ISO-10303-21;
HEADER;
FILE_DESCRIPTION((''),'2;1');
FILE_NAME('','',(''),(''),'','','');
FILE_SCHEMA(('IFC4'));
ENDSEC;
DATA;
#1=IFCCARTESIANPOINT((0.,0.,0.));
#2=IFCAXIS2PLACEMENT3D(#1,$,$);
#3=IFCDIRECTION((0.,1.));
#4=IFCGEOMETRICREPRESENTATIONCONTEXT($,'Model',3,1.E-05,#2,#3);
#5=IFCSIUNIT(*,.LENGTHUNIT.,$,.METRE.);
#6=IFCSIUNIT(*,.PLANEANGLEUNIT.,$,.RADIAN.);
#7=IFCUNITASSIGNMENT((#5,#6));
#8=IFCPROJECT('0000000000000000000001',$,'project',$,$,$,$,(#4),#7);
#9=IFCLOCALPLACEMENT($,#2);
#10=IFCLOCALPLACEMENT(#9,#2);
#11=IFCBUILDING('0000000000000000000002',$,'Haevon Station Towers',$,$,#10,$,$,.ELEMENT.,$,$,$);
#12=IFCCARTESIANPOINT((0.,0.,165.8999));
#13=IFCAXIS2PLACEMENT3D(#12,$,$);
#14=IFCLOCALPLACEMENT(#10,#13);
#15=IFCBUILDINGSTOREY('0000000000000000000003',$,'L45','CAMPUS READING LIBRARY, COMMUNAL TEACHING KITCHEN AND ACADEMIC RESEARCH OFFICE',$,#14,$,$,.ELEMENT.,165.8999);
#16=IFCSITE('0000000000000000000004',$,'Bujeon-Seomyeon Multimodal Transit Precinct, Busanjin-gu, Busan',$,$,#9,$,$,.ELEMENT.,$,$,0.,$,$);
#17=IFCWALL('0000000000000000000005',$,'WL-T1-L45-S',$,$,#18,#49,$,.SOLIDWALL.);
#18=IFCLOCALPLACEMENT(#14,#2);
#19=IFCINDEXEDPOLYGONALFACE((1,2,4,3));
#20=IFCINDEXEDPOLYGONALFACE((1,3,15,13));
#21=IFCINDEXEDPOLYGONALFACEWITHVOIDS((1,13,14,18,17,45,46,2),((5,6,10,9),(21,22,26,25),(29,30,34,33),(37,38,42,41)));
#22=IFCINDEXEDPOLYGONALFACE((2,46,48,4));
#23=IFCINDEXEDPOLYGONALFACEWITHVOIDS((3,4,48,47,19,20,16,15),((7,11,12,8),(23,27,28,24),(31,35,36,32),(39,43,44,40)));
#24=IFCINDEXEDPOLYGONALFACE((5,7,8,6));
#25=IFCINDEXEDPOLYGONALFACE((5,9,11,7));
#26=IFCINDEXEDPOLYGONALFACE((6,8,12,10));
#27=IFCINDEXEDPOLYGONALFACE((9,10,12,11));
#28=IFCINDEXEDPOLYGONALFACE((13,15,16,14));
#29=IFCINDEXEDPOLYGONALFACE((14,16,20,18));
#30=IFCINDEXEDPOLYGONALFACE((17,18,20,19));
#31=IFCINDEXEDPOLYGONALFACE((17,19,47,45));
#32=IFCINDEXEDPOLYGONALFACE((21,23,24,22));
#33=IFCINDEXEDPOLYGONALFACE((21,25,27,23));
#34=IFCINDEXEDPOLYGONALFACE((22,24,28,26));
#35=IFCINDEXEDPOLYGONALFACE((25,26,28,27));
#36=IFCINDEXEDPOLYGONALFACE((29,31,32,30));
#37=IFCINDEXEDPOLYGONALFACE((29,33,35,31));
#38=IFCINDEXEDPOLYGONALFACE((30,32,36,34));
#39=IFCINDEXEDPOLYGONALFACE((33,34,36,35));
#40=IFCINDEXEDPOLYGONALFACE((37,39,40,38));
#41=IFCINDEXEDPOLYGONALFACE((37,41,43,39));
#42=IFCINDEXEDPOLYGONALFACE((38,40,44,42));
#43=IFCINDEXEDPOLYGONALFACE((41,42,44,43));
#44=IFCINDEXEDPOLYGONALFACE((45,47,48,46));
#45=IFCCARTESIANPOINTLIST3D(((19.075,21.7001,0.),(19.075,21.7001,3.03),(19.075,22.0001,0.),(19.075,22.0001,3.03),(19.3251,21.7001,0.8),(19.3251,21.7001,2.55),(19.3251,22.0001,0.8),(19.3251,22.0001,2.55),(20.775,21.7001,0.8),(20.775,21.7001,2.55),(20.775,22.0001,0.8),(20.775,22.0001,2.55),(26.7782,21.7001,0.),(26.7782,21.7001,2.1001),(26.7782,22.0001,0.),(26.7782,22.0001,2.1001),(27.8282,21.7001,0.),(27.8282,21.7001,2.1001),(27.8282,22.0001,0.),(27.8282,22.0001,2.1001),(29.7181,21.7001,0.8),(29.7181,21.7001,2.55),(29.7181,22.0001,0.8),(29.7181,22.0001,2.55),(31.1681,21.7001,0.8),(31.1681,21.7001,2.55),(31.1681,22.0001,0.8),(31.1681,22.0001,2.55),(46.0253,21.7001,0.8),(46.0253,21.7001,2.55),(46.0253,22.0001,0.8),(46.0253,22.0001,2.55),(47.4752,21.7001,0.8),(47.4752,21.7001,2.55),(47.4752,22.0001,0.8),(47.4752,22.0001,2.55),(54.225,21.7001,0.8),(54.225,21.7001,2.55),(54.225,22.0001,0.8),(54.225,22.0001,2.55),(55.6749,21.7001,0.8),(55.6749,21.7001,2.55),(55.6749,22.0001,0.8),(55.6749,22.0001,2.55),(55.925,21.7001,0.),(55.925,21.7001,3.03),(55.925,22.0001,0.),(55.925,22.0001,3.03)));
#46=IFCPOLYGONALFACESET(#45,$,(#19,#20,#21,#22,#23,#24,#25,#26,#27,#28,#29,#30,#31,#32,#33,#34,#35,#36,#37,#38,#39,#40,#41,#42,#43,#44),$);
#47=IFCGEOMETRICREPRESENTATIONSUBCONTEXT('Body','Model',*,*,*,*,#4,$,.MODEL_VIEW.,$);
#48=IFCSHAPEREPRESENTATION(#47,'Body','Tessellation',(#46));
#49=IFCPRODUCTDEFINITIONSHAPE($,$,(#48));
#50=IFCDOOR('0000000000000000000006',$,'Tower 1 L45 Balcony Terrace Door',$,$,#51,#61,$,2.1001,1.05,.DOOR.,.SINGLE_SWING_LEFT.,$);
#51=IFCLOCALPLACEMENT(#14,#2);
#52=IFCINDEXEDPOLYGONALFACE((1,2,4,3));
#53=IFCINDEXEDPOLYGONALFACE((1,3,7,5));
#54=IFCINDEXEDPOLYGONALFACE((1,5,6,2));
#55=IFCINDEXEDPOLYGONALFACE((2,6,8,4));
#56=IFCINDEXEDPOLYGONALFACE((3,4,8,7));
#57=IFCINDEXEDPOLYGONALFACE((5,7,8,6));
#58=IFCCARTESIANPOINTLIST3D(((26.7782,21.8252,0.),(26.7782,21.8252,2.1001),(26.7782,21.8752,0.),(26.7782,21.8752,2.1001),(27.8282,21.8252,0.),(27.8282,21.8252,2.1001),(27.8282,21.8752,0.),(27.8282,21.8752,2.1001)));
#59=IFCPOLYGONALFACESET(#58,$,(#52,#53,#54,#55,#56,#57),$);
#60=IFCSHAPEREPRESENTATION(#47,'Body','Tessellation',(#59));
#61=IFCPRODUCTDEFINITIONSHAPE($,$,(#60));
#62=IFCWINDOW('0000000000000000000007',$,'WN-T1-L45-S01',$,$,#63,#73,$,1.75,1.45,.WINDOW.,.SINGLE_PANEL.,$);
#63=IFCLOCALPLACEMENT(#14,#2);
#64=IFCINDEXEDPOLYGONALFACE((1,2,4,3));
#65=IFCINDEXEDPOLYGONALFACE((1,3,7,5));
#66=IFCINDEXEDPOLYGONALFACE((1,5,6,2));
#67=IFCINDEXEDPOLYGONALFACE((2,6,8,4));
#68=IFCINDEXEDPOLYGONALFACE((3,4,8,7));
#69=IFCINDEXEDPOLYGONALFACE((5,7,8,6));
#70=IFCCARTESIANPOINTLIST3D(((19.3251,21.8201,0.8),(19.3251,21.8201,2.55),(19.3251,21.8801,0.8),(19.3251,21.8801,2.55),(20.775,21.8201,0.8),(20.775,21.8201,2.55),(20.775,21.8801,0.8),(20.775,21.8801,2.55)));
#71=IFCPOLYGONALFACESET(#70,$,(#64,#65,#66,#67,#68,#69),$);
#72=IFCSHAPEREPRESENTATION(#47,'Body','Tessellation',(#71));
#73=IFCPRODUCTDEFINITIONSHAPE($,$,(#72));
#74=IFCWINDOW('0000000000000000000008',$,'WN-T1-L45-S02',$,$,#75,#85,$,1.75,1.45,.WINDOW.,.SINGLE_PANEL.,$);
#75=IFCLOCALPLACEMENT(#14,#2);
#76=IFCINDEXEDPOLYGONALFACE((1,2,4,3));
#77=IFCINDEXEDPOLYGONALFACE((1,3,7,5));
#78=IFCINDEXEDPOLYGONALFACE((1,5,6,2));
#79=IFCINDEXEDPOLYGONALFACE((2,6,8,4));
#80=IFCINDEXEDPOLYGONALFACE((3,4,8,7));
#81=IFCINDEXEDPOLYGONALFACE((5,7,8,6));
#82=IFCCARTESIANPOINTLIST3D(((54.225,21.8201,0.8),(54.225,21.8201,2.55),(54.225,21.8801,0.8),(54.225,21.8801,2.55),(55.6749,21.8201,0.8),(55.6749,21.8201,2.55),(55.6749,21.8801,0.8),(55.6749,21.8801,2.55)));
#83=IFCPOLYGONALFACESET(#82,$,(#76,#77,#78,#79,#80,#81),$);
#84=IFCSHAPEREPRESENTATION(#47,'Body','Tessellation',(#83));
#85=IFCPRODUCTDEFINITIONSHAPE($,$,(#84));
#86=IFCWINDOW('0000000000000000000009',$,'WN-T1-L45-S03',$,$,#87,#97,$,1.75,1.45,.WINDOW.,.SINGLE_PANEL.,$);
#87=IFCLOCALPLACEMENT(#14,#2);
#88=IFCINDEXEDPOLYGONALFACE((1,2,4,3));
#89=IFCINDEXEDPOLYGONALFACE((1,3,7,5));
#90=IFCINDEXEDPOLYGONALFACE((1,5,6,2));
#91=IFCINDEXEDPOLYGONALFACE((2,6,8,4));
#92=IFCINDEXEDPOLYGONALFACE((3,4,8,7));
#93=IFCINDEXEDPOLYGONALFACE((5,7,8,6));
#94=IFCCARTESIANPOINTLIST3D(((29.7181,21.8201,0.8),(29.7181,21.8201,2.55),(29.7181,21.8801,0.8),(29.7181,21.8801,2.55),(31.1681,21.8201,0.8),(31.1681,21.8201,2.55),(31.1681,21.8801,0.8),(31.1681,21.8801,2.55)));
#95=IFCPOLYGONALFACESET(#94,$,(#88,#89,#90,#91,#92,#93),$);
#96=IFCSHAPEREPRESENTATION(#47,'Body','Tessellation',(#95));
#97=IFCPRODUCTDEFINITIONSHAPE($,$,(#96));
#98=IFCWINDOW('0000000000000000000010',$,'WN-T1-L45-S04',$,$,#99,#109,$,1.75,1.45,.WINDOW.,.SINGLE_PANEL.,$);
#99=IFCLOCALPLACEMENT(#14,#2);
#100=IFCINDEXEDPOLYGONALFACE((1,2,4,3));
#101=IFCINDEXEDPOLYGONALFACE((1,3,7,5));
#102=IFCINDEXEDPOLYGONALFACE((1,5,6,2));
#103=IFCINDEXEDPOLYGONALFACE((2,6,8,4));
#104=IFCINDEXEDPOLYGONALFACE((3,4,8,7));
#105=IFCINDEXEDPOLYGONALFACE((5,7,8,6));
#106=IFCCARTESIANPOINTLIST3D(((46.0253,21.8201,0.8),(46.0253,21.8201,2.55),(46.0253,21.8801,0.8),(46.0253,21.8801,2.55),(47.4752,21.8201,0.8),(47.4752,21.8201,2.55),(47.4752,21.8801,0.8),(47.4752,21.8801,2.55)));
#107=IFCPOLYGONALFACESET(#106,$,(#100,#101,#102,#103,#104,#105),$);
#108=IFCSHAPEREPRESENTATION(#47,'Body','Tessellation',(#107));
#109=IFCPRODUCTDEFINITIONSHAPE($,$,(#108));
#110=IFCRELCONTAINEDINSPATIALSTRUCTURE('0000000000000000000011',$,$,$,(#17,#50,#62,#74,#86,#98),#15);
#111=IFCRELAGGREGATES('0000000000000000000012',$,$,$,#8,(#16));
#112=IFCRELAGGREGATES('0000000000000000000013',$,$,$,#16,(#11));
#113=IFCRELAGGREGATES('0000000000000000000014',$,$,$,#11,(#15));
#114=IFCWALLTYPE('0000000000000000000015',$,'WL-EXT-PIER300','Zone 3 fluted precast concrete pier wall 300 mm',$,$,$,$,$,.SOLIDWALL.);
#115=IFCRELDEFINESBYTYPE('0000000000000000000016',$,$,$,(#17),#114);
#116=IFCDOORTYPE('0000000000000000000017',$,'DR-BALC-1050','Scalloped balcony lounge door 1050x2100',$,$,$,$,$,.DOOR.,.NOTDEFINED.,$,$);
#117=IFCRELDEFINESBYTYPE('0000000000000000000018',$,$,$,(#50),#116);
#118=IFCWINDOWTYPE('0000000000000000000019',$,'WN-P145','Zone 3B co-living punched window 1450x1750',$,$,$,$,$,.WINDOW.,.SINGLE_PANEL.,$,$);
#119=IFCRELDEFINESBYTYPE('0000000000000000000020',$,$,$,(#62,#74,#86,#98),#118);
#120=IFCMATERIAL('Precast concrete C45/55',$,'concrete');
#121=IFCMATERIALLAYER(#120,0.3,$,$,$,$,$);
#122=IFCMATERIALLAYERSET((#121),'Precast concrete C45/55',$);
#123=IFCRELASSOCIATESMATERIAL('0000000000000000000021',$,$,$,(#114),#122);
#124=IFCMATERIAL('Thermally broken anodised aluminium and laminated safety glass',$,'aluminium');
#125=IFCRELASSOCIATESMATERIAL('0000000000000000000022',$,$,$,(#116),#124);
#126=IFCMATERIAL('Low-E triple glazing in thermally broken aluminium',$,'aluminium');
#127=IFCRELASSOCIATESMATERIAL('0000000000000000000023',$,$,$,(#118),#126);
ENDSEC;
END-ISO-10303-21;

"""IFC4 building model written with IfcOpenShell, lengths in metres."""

from ifc_helpers import new_model, si_unit, direction, frame, frame_2d, origin, place, context, subcontext, project, spatial, rectangle, extrude, material, layer, layer_set, type_object, element, fill, save


model = new_model("IFC4")

# Units and contexts
model_context = context("Model", 3, precision=1e-05, world=origin(), true_north=direction((0.0, 1.0)))
body_context = subcontext(model_context, "Body", "Model", "MODEL_VIEW")
ifc_project = project(units=[si_unit("LENGTHUNIT", "METRE"), si_unit("PLANEANGLEUNIT", "RADIAN")], contexts=[model_context])

# Site, building, storey
site_placement = place(None, origin())
site = spatial("IfcSite", under=ifc_project, at=site_placement, Name="Bujeon-Seomyeon Multimodal Transit Precinct, Busanjin-gu, Busan", CompositionType="ELEMENT", RefElevation=0.0)
building_placement = place(site_placement, origin())
building = spatial("IfcBuilding", under=site, at=building_placement, Name="Haevon Station Towers", CompositionType="ELEMENT")
storey_placement = place(building_placement, frame((0.0, 0.0, 165.8999)))
storey = spatial("IfcBuildingStorey", under=building, at=storey_placement, Name="L45", Description="CAMPUS READING LIBRARY, COMMUNAL TEACHING KITCHEN AND ACADEMIC RESEARCH OFFICE", CompositionType="ELEMENT", Elevation=165.8999)

# Wall, openings, door, windows
ifc_material_1 = material(Name="Precast concrete C45/55", Category="concrete")
ifc_layer_1 = layer(ifc_material_1, 0.3)
ifc_layer_set_1 = layer_set([ifc_layer_1], Name="Precast concrete C45/55")
wall_type_1 = type_object("IfcWallType", Name="WL-EXT-PIER300", Description="Zone 3 fluted precast concrete pier wall 300 mm", PredefinedType="SOLIDWALL", material=ifc_layer_set_1)
wall_1_placement = place(storey_placement, frame((55.925, 21.8501, 0.0), z_axis=(0.0, 0.0, 1.0), x_axis=(-1.0, 0.0, 0.0)))
wall_1 = element("IfcWall", 1, at=wall_1_placement, inside=storey, type_object=wall_type_1, Name="WL-T1-L45-S", PredefinedType="SOLIDWALL", context=body_context, shape_type="SweptSolid", body=[
    extrude(rectangle(XDim=36.8501, YDim=0.3, at=frame_2d((18.425, 0.0))), origin(), (0.0, 0.0, 1.0), 3.03),
])
opening_1_placement = place(wall_1_placement, frame((28.0969, 0.0, 0.0)))
opening_1 = element("IfcOpeningElement", 2, at=opening_1_placement, cuts=wall_1, PredefinedType="OPENING", context=body_context, shape_type="SweptSolid", body=[
    extrude(rectangle(XDim=1.05, YDim=2.1001, at=frame_2d((0.5249, 1.05))), frame((0.0, 0.1599, 0.0), z_axis=(0.0, -1.0, 0.0), x_axis=(1.0, 0.0, 0.0)), (0.0, 0.0, 1.0), 0.3201),
])
opening_2_placement = place(wall_1_placement, frame((35.1499, 0.0, 0.8)))
opening_2 = element("IfcOpeningElement", 3, at=opening_2_placement, cuts=wall_1, PredefinedType="OPENING", context=body_context, shape_type="SweptSolid", body=[
    extrude(rectangle(XDim=1.45, YDim=1.75, at=frame_2d((0.7251, 0.875))), frame((0.0, 0.1599, 0.0), z_axis=(0.0, -1.0, 0.0), x_axis=(1.0, 0.0, 0.0)), (0.0, 0.0, 1.0), 0.3201),
])
opening_3_placement = place(wall_1_placement, frame((0.25, 0.0, 0.8)))
opening_3 = element("IfcOpeningElement", 4, at=opening_3_placement, cuts=wall_1, PredefinedType="OPENING", context=body_context, shape_type="SweptSolid", body=[
    extrude(rectangle(XDim=1.45, YDim=1.75, at=frame_2d((0.7251, 0.875))), frame((0.0, 0.1599, 0.0), z_axis=(0.0, -1.0, 0.0), x_axis=(1.0, 0.0, 0.0)), (0.0, 0.0, 1.0), 0.3201),
])
opening_4_placement = place(wall_1_placement, frame((24.7568, 0.0, 0.8)))
opening_4 = element("IfcOpeningElement", 5, at=opening_4_placement, cuts=wall_1, PredefinedType="OPENING", context=body_context, shape_type="SweptSolid", body=[
    extrude(rectangle(XDim=1.45, YDim=1.75, at=frame_2d((0.7251, 0.875))), frame((0.0, 0.1599, 0.0), z_axis=(0.0, -1.0, 0.0), x_axis=(1.0, 0.0, 0.0)), (0.0, 0.0, 1.0), 0.3201),
])
opening_5_placement = place(wall_1_placement, frame((8.4497, 0.0, 0.8)))
opening_5 = element("IfcOpeningElement", 6, at=opening_5_placement, cuts=wall_1, PredefinedType="OPENING", context=body_context, shape_type="SweptSolid", body=[
    extrude(rectangle(XDim=1.45, YDim=1.75, at=frame_2d((0.7251, 0.875))), frame((0.0, 0.1599, 0.0), z_axis=(0.0, -1.0, 0.0), x_axis=(1.0, 0.0, 0.0)), (0.0, 0.0, 1.0), 0.3201),
])
ifc_material_2 = material(Name="Thermally broken anodised aluminium and laminated safety glass", Category="aluminium")
door_type_1 = type_object("IfcDoorType", Name="DR-BALC-1050", Description="Scalloped balcony lounge door 1050x2100", OperationType="NOTDEFINED", PredefinedType="DOOR", material=ifc_material_2)
door_1_placement = place(opening_1_placement, origin())
door_1 = element("IfcDoor", 7, at=door_1_placement, inside=storey, type_object=door_type_1, Name="Tower 1 L45 Balcony Terrace Door", OperationType="SINGLE_SWING_LEFT", OverallHeight=2.1001, OverallWidth=1.05, PredefinedType="DOOR", context=body_context, shape_type="SweptSolid", body=[
    extrude(rectangle(XDim=1.05, YDim=2.1001, at=frame_2d((0.5249, 1.05))), frame((0.0, 0.0249, 0.0), z_axis=(0.0, -1.0, 0.0), x_axis=(1.0, 0.0, 0.0)), (0.0, 0.0, 1.0), 0.05),
])
fill(opening_1, door_1)
ifc_material_3 = material(Name="Low-E triple glazing in thermally broken aluminium", Category="aluminium")
window_type = type_object("IfcWindowType", Name="WN-P145", Description="Zone 3B co-living punched window 1450x1750", PartitioningType="SINGLE_PANEL", PredefinedType="WINDOW", material=ifc_material_3)
window_1_placement = place(opening_2_placement, origin())
window_1 = element("IfcWindow", 8, at=window_1_placement, inside=storey, type_object=window_type, Name="WN-T1-L45-S01", OverallHeight=1.75, OverallWidth=1.45, PartitioningType="SINGLE_PANEL", PredefinedType="WINDOW", context=body_context, shape_type="SweptSolid", body=[
    extrude(rectangle(XDim=1.45, YDim=1.75, at=frame_2d((0.7251, 0.875))), frame((0.0, 0.03, 0.0), z_axis=(0.0, -1.0, 0.0), x_axis=(1.0, 0.0, 0.0)), (0.0, 0.0, 1.0), 0.0601),
])
fill(opening_2, window_1)
window_2_placement = place(opening_3_placement, origin())
window_2 = element("IfcWindow", 9, at=window_2_placement, inside=storey, type_object=window_type, Name="WN-T1-L45-S02", OverallHeight=1.75, OverallWidth=1.45, PartitioningType="SINGLE_PANEL", PredefinedType="WINDOW", context=body_context, shape_type="SweptSolid", body=[
    extrude(rectangle(XDim=1.45, YDim=1.75, at=frame_2d((0.7251, 0.875))), frame((0.0, 0.03, 0.0), z_axis=(0.0, -1.0, 0.0), x_axis=(1.0, 0.0, 0.0)), (0.0, 0.0, 1.0), 0.0601),
])
fill(opening_3, window_2)
window_3_placement = place(opening_4_placement, origin())
window_3 = element("IfcWindow", 10, at=window_3_placement, inside=storey, type_object=window_type, Name="WN-T1-L45-S03", OverallHeight=1.75, OverallWidth=1.45, PartitioningType="SINGLE_PANEL", PredefinedType="WINDOW", context=body_context, shape_type="SweptSolid", body=[
    extrude(rectangle(XDim=1.45, YDim=1.75, at=frame_2d((0.7251, 0.875))), frame((0.0, 0.03, 0.0), z_axis=(0.0, -1.0, 0.0), x_axis=(1.0, 0.0, 0.0)), (0.0, 0.0, 1.0), 0.0601),
])
fill(opening_4, window_3)
window_4_placement = place(opening_5_placement, origin())
window_4 = element("IfcWindow", 11, at=window_4_placement, inside=storey, type_object=window_type, Name="WN-T1-L45-S04", OverallHeight=1.75, OverallWidth=1.45, PartitioningType="SINGLE_PANEL", PredefinedType="WINDOW", context=body_context, shape_type="SweptSolid", body=[
    extrude(rectangle(XDim=1.45, YDim=1.75, at=frame_2d((0.7251, 0.875))), frame((0.0, 0.03, 0.0), z_axis=(0.0, -1.0, 0.0), x_axis=(1.0, 0.0, 0.0)), (0.0, 0.0, 1.0), 0.0601),
])
fill(opening_5, window_4)

save(model, "model.ifc")
